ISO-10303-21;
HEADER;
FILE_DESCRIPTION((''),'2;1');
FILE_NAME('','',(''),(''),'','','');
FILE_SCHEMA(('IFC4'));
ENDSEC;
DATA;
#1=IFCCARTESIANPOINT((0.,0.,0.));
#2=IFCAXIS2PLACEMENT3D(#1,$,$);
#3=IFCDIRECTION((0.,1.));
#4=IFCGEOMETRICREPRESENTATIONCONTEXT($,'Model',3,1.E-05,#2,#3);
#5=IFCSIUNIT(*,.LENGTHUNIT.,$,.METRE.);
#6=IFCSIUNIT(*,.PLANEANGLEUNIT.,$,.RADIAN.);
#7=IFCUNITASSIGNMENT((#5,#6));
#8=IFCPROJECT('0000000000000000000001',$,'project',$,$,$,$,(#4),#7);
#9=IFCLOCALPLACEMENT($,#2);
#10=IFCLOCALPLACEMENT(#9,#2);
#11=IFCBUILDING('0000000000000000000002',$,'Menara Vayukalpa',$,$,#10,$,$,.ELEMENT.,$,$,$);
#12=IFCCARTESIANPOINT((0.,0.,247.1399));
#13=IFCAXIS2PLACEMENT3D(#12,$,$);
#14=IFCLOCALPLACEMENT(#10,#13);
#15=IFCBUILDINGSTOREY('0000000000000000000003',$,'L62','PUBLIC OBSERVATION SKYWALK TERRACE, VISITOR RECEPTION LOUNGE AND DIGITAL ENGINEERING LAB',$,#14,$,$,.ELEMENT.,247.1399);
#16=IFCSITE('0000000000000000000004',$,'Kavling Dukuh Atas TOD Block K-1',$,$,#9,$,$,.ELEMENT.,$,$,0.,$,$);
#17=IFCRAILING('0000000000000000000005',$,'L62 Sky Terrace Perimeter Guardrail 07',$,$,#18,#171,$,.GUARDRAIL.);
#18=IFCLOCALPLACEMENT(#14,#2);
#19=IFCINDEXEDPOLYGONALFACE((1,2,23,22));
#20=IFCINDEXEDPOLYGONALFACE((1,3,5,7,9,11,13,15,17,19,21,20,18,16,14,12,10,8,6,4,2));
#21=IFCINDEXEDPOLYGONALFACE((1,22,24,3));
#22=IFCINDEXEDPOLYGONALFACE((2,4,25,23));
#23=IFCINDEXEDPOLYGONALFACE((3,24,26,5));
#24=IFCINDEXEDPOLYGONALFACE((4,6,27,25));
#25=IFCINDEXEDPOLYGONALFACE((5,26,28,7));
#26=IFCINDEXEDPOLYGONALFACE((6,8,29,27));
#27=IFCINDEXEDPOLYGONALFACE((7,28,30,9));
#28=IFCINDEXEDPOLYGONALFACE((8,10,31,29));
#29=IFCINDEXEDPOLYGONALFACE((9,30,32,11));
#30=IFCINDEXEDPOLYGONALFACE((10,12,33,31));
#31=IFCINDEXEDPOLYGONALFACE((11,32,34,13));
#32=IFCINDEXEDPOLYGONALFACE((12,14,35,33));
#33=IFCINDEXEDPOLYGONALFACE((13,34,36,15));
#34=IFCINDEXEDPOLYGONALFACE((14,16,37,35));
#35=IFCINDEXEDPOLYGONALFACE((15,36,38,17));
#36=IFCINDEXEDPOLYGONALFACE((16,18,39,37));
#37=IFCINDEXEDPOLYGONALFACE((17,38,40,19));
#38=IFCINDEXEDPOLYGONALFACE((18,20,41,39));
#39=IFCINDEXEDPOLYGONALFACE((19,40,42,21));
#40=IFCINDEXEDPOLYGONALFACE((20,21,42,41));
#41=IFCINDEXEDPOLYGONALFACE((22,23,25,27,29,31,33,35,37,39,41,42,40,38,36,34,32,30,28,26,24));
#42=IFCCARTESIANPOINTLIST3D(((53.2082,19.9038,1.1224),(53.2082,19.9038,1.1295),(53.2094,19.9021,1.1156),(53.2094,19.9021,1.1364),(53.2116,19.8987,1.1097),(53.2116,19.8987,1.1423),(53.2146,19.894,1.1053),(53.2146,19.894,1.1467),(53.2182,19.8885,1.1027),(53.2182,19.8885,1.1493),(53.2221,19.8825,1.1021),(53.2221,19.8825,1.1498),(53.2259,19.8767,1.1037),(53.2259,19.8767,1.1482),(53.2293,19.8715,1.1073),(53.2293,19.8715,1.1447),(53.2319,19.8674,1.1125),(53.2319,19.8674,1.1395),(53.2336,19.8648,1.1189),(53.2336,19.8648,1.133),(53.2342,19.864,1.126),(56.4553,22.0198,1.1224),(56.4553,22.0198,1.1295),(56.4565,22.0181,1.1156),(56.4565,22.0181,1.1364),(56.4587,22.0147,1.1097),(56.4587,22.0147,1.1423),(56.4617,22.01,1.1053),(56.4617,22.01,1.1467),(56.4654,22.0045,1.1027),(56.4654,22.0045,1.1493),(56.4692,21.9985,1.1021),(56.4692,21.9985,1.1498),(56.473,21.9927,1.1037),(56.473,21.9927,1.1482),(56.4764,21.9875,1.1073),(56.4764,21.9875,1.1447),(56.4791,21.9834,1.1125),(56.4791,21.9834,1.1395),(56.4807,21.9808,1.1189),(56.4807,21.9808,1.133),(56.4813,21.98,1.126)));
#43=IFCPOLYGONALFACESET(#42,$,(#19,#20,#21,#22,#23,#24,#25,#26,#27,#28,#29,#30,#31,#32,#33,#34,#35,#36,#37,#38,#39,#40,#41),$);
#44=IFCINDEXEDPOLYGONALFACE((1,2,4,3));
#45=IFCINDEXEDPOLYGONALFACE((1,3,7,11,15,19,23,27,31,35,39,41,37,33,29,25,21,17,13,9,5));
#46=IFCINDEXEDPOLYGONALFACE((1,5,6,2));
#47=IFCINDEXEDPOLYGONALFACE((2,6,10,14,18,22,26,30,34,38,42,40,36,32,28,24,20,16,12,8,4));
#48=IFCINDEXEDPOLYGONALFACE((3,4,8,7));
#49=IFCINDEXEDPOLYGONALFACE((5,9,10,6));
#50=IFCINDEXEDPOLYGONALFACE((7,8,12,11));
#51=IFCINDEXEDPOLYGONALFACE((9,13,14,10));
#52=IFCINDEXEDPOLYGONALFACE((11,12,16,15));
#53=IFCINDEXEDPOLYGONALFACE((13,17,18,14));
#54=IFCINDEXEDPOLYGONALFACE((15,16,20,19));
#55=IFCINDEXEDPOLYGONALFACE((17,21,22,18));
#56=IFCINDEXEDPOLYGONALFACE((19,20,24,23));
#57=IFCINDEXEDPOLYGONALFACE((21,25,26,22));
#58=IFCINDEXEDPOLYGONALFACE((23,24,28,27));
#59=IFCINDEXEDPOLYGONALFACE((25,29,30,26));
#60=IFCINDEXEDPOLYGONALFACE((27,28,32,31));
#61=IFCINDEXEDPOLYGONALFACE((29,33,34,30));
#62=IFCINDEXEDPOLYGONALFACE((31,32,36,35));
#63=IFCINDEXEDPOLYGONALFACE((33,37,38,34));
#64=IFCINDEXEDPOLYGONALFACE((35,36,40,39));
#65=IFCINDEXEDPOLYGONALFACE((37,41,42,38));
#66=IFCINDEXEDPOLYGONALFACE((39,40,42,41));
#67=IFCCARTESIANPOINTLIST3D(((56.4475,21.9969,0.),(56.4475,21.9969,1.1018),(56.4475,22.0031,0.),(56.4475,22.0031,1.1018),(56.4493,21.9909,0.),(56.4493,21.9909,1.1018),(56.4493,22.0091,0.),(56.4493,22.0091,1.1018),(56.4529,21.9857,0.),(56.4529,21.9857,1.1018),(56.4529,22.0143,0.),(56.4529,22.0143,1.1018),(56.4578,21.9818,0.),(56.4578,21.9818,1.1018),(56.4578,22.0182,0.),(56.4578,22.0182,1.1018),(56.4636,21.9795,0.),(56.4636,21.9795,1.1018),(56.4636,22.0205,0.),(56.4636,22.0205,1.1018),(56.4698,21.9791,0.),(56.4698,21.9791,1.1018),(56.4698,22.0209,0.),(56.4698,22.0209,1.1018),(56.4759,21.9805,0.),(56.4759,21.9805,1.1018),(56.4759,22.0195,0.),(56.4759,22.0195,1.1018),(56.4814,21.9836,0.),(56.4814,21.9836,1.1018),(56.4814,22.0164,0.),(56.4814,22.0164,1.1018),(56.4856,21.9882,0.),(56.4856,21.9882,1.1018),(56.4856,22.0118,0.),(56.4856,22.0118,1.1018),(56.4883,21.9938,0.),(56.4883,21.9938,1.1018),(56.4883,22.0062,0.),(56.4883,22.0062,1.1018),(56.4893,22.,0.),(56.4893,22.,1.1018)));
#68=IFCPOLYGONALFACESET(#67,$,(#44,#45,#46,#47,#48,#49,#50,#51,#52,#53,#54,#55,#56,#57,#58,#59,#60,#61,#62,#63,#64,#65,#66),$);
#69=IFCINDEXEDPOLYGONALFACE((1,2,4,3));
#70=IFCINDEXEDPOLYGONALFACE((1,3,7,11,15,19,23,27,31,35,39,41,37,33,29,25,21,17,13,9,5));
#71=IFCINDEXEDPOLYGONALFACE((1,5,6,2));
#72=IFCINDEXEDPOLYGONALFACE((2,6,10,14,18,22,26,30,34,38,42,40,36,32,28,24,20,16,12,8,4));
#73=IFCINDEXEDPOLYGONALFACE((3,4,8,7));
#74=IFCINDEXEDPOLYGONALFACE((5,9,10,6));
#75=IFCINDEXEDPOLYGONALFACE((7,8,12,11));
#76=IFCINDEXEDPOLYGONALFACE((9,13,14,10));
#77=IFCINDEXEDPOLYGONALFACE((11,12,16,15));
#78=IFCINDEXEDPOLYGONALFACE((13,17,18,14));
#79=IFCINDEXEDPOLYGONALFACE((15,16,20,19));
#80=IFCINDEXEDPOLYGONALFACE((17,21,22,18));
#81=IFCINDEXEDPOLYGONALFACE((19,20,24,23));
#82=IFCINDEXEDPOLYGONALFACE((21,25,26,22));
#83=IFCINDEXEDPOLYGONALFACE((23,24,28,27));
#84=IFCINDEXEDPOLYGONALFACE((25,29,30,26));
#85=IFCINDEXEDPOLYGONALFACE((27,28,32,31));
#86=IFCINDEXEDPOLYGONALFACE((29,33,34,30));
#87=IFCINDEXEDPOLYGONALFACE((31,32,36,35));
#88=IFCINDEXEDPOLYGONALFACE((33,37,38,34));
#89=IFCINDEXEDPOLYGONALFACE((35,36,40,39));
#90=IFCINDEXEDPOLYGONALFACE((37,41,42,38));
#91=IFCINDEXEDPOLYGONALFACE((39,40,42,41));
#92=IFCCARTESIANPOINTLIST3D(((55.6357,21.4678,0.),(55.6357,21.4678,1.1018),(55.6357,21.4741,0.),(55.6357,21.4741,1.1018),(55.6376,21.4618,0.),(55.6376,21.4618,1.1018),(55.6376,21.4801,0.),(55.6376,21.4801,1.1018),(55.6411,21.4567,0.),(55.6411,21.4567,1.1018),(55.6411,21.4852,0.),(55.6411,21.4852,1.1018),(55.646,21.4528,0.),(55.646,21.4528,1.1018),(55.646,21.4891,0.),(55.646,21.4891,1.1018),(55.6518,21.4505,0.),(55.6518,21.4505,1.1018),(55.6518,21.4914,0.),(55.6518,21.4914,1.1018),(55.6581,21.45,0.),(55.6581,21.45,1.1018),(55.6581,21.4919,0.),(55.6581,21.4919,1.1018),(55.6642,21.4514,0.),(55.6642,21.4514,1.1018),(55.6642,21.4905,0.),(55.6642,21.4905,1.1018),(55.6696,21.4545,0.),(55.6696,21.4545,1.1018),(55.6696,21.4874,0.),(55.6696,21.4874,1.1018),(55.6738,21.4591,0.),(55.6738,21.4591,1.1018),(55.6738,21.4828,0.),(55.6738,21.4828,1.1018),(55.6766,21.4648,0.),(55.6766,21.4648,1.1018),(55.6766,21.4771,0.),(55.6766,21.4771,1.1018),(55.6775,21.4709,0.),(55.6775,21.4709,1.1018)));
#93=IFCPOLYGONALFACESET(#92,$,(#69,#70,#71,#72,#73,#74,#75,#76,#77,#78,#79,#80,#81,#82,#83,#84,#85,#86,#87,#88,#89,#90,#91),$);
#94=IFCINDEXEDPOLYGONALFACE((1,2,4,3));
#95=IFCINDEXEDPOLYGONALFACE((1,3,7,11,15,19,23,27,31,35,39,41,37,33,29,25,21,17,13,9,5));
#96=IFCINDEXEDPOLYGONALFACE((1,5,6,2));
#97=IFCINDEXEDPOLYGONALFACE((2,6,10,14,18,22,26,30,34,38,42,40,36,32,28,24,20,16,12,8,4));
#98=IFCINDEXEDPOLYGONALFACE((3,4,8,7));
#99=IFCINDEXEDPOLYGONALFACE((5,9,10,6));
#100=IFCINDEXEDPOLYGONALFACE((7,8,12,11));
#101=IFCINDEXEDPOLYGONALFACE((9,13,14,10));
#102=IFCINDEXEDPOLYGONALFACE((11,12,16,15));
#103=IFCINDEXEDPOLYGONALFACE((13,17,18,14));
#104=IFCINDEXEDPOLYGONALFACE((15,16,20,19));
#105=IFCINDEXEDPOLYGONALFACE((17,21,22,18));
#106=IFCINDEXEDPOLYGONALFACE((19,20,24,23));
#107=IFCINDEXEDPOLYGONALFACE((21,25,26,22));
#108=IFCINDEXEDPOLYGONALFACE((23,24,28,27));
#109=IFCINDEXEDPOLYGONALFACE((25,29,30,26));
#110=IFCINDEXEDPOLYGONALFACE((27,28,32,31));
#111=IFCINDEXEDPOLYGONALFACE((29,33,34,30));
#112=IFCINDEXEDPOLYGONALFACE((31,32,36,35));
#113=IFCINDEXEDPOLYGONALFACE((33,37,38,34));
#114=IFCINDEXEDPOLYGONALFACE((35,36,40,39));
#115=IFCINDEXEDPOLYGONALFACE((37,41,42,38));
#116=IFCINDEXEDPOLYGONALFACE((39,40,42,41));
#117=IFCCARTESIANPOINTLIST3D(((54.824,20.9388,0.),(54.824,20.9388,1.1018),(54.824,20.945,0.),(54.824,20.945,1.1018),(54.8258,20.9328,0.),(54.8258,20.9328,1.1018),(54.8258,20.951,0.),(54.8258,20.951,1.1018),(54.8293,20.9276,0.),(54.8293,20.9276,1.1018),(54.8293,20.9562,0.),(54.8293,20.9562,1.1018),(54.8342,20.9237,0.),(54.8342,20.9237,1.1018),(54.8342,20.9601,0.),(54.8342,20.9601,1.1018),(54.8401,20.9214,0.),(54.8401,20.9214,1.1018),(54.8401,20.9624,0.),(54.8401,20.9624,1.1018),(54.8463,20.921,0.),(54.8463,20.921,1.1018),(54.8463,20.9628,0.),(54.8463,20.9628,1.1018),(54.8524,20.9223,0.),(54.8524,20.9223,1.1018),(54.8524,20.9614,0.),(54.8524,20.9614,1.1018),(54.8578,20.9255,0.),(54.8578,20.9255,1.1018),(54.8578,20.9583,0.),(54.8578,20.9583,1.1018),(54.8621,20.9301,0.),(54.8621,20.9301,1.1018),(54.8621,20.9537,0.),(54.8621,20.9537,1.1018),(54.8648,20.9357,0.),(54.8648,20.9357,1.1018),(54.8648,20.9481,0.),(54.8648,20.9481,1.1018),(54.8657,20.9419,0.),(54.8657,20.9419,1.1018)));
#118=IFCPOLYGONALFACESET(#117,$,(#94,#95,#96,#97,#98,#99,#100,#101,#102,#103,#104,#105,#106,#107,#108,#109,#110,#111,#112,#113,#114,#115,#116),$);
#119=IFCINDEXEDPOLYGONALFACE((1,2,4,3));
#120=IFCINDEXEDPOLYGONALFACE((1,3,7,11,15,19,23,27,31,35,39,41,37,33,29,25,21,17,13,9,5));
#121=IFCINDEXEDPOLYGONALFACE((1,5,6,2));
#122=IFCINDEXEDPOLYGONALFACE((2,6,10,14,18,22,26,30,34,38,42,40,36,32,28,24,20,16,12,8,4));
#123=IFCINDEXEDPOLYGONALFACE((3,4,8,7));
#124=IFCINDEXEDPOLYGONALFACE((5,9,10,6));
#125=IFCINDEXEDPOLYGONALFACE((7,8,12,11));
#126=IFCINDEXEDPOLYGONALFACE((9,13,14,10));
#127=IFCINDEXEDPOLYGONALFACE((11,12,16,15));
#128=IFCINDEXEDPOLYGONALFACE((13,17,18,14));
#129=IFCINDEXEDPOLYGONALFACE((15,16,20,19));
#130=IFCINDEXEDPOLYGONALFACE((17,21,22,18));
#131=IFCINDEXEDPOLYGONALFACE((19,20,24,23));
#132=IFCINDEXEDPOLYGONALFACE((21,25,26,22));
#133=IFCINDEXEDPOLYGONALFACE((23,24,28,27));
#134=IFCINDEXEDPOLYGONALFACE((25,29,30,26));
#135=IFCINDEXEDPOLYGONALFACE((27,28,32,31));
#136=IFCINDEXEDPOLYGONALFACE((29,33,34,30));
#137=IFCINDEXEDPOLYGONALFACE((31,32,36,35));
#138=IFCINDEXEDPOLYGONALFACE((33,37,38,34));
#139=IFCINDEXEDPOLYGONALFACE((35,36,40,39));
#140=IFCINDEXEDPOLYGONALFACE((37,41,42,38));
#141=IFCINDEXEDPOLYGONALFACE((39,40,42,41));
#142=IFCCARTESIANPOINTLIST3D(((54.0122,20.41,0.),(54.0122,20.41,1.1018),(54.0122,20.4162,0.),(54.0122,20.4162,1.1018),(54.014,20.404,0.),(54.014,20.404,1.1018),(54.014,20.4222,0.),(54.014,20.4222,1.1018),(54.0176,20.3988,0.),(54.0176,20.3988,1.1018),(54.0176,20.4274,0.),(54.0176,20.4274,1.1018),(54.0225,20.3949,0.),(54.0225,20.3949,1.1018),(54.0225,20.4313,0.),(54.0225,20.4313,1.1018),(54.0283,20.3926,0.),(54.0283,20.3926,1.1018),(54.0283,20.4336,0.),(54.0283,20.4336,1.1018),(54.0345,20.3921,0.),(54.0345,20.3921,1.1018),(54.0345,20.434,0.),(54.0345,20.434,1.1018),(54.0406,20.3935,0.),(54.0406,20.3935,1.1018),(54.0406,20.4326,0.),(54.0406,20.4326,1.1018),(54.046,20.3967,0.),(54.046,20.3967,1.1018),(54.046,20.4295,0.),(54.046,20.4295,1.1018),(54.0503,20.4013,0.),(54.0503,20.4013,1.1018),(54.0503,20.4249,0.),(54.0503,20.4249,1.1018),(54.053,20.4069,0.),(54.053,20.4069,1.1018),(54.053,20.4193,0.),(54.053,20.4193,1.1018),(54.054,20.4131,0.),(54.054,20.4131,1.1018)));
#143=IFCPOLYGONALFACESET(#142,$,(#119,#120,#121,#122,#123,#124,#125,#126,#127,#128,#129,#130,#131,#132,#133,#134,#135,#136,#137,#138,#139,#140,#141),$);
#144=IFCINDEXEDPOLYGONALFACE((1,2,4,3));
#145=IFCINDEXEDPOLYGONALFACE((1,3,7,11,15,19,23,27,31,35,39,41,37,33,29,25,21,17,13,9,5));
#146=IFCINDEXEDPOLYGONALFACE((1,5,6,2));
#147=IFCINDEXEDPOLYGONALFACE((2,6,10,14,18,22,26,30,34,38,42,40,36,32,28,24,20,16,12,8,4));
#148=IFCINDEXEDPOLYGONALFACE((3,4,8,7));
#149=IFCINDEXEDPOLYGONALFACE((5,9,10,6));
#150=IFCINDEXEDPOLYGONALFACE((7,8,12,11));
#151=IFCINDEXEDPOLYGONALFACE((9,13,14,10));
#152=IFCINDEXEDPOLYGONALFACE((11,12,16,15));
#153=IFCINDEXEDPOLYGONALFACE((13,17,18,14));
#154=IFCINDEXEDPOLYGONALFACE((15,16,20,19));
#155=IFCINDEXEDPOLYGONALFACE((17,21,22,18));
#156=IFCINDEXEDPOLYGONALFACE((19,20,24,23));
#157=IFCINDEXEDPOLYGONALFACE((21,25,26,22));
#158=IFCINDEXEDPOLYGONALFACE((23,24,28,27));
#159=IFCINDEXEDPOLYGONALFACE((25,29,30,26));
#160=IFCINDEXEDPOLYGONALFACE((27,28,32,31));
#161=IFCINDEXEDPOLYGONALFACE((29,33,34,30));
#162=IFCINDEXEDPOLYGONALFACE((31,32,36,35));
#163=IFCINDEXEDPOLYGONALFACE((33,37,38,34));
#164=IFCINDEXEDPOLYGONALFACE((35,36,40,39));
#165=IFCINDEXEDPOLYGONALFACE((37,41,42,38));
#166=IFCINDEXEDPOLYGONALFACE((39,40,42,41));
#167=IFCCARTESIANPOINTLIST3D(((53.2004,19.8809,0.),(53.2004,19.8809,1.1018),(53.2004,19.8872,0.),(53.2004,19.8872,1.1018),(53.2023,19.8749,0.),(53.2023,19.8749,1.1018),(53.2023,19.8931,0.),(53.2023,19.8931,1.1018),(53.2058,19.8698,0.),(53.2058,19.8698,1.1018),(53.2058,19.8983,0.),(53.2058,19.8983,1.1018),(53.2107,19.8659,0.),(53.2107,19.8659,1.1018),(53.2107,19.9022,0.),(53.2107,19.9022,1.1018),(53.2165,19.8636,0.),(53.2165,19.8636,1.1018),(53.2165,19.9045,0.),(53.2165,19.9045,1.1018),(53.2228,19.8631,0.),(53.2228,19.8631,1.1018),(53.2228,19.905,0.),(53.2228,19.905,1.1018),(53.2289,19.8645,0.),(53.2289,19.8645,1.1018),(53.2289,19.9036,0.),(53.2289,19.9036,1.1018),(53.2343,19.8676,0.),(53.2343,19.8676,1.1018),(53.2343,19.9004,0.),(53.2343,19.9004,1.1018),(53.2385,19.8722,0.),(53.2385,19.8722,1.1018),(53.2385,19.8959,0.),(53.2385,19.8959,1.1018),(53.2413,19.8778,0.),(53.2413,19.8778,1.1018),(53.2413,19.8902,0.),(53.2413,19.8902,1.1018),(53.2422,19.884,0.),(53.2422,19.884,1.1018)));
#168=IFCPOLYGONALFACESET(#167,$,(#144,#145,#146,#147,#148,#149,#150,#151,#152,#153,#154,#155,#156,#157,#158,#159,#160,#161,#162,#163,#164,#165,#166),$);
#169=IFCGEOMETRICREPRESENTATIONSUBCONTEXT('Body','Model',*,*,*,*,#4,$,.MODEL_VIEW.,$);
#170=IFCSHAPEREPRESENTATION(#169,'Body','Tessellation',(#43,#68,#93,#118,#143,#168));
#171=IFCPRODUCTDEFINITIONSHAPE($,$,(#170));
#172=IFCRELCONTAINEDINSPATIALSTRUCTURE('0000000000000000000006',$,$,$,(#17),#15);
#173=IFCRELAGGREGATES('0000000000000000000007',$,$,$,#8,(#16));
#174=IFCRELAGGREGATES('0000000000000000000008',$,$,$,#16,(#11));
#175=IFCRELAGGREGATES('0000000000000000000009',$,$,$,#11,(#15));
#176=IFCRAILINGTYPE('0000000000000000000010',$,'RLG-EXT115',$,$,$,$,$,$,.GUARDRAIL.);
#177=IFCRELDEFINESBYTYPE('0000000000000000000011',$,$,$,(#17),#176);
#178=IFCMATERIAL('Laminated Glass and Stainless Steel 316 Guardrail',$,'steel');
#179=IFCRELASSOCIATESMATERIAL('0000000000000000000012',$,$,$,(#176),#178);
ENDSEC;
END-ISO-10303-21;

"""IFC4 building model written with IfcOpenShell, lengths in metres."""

from ifc_helpers import new_model, si_unit, direction, frame, origin, origin_2d, place, context, subcontext, project, spatial, circle, extrude, material, type_object, element, save


model = new_model("IFC4")

# Units and contexts
model_context = context("Model", 3, precision=1e-05, world=origin(), true_north=direction((0.0, 1.0)))
body_context = subcontext(model_context, "Body", "Model", "MODEL_VIEW")
ifc_project = project(units=[si_unit("LENGTHUNIT", "METRE"), si_unit("PLANEANGLEUNIT", "RADIAN")], contexts=[model_context])

# Site, building, storey
site_placement = place(None, origin())
site = spatial("IfcSite", under=ifc_project, at=site_placement, Name="Kavling Dukuh Atas TOD Block K-1", CompositionType="ELEMENT", RefElevation=0.0)
building_placement = place(site_placement, origin())
building = spatial("IfcBuilding", under=site, at=building_placement, Name="Menara Vayukalpa", CompositionType="ELEMENT")
storey_placement = place(building_placement, frame((0.0, 0.0, 247.1399)))
storey = spatial("IfcBuildingStorey", under=building, at=storey_placement, Name="L62", Description="PUBLIC OBSERVATION SKYWALK TERRACE, VISITOR RECEPTION LOUNGE AND DIGITAL ENGINEERING LAB", CompositionType="ELEMENT", Elevation=247.1399)

# Railing
ifc_material_1 = material(Name="Laminated Glass and Stainless Steel 316 Guardrail", Category="steel")
railing_type = type_object("IfcRailingType", Name="RLG-EXT115", PredefinedType="GUARDRAIL", material=ifc_material_1)
railing_1_placement = place(storey_placement, frame((56.4683, 22.0, 0.0)))
element("IfcRailing", 1, at=railing_1_placement, inside=storey, type_object=railing_type, Name="L62 Sky Terrace Perimeter Guardrail 07", PredefinedType="GUARDRAIL", context=body_context, shape_type="SweptSolid", body=[
    extrude(circle(Radius=0.0239, at=origin_2d()), frame((0.0, 0.0, 1.126), z_axis=(-0.83781, -0.545962, 0.0), x_axis=(0.545962, -0.83781, 0.0)), (0.0, 0.0, 1.0), 3.8757),
    extrude(circle(Radius=0.021, at=origin_2d()), origin(), (0.0, 0.0, 1.0), 1.1018),
    extrude(circle(Radius=0.021, at=origin_2d()), frame((-0.8118, -0.5291, 0.0)), (0.0, 0.0, 1.0), 1.1018),
    extrude(circle(Radius=0.021, at=origin_2d()), frame((-1.6235, -1.0581, 0.0)), (0.0, 0.0, 1.0), 1.1018),
    extrude(circle(Radius=0.021, at=origin_2d()), frame((-2.4353, -1.5869, 0.0)), (0.0, 0.0, 1.0), 1.1018),
    extrude(circle(Radius=0.021, at=origin_2d()), frame((-3.2471, -2.116, 0.0)), (0.0, 0.0, 1.0), 1.1018),
])

save(model, "model.ifc")
